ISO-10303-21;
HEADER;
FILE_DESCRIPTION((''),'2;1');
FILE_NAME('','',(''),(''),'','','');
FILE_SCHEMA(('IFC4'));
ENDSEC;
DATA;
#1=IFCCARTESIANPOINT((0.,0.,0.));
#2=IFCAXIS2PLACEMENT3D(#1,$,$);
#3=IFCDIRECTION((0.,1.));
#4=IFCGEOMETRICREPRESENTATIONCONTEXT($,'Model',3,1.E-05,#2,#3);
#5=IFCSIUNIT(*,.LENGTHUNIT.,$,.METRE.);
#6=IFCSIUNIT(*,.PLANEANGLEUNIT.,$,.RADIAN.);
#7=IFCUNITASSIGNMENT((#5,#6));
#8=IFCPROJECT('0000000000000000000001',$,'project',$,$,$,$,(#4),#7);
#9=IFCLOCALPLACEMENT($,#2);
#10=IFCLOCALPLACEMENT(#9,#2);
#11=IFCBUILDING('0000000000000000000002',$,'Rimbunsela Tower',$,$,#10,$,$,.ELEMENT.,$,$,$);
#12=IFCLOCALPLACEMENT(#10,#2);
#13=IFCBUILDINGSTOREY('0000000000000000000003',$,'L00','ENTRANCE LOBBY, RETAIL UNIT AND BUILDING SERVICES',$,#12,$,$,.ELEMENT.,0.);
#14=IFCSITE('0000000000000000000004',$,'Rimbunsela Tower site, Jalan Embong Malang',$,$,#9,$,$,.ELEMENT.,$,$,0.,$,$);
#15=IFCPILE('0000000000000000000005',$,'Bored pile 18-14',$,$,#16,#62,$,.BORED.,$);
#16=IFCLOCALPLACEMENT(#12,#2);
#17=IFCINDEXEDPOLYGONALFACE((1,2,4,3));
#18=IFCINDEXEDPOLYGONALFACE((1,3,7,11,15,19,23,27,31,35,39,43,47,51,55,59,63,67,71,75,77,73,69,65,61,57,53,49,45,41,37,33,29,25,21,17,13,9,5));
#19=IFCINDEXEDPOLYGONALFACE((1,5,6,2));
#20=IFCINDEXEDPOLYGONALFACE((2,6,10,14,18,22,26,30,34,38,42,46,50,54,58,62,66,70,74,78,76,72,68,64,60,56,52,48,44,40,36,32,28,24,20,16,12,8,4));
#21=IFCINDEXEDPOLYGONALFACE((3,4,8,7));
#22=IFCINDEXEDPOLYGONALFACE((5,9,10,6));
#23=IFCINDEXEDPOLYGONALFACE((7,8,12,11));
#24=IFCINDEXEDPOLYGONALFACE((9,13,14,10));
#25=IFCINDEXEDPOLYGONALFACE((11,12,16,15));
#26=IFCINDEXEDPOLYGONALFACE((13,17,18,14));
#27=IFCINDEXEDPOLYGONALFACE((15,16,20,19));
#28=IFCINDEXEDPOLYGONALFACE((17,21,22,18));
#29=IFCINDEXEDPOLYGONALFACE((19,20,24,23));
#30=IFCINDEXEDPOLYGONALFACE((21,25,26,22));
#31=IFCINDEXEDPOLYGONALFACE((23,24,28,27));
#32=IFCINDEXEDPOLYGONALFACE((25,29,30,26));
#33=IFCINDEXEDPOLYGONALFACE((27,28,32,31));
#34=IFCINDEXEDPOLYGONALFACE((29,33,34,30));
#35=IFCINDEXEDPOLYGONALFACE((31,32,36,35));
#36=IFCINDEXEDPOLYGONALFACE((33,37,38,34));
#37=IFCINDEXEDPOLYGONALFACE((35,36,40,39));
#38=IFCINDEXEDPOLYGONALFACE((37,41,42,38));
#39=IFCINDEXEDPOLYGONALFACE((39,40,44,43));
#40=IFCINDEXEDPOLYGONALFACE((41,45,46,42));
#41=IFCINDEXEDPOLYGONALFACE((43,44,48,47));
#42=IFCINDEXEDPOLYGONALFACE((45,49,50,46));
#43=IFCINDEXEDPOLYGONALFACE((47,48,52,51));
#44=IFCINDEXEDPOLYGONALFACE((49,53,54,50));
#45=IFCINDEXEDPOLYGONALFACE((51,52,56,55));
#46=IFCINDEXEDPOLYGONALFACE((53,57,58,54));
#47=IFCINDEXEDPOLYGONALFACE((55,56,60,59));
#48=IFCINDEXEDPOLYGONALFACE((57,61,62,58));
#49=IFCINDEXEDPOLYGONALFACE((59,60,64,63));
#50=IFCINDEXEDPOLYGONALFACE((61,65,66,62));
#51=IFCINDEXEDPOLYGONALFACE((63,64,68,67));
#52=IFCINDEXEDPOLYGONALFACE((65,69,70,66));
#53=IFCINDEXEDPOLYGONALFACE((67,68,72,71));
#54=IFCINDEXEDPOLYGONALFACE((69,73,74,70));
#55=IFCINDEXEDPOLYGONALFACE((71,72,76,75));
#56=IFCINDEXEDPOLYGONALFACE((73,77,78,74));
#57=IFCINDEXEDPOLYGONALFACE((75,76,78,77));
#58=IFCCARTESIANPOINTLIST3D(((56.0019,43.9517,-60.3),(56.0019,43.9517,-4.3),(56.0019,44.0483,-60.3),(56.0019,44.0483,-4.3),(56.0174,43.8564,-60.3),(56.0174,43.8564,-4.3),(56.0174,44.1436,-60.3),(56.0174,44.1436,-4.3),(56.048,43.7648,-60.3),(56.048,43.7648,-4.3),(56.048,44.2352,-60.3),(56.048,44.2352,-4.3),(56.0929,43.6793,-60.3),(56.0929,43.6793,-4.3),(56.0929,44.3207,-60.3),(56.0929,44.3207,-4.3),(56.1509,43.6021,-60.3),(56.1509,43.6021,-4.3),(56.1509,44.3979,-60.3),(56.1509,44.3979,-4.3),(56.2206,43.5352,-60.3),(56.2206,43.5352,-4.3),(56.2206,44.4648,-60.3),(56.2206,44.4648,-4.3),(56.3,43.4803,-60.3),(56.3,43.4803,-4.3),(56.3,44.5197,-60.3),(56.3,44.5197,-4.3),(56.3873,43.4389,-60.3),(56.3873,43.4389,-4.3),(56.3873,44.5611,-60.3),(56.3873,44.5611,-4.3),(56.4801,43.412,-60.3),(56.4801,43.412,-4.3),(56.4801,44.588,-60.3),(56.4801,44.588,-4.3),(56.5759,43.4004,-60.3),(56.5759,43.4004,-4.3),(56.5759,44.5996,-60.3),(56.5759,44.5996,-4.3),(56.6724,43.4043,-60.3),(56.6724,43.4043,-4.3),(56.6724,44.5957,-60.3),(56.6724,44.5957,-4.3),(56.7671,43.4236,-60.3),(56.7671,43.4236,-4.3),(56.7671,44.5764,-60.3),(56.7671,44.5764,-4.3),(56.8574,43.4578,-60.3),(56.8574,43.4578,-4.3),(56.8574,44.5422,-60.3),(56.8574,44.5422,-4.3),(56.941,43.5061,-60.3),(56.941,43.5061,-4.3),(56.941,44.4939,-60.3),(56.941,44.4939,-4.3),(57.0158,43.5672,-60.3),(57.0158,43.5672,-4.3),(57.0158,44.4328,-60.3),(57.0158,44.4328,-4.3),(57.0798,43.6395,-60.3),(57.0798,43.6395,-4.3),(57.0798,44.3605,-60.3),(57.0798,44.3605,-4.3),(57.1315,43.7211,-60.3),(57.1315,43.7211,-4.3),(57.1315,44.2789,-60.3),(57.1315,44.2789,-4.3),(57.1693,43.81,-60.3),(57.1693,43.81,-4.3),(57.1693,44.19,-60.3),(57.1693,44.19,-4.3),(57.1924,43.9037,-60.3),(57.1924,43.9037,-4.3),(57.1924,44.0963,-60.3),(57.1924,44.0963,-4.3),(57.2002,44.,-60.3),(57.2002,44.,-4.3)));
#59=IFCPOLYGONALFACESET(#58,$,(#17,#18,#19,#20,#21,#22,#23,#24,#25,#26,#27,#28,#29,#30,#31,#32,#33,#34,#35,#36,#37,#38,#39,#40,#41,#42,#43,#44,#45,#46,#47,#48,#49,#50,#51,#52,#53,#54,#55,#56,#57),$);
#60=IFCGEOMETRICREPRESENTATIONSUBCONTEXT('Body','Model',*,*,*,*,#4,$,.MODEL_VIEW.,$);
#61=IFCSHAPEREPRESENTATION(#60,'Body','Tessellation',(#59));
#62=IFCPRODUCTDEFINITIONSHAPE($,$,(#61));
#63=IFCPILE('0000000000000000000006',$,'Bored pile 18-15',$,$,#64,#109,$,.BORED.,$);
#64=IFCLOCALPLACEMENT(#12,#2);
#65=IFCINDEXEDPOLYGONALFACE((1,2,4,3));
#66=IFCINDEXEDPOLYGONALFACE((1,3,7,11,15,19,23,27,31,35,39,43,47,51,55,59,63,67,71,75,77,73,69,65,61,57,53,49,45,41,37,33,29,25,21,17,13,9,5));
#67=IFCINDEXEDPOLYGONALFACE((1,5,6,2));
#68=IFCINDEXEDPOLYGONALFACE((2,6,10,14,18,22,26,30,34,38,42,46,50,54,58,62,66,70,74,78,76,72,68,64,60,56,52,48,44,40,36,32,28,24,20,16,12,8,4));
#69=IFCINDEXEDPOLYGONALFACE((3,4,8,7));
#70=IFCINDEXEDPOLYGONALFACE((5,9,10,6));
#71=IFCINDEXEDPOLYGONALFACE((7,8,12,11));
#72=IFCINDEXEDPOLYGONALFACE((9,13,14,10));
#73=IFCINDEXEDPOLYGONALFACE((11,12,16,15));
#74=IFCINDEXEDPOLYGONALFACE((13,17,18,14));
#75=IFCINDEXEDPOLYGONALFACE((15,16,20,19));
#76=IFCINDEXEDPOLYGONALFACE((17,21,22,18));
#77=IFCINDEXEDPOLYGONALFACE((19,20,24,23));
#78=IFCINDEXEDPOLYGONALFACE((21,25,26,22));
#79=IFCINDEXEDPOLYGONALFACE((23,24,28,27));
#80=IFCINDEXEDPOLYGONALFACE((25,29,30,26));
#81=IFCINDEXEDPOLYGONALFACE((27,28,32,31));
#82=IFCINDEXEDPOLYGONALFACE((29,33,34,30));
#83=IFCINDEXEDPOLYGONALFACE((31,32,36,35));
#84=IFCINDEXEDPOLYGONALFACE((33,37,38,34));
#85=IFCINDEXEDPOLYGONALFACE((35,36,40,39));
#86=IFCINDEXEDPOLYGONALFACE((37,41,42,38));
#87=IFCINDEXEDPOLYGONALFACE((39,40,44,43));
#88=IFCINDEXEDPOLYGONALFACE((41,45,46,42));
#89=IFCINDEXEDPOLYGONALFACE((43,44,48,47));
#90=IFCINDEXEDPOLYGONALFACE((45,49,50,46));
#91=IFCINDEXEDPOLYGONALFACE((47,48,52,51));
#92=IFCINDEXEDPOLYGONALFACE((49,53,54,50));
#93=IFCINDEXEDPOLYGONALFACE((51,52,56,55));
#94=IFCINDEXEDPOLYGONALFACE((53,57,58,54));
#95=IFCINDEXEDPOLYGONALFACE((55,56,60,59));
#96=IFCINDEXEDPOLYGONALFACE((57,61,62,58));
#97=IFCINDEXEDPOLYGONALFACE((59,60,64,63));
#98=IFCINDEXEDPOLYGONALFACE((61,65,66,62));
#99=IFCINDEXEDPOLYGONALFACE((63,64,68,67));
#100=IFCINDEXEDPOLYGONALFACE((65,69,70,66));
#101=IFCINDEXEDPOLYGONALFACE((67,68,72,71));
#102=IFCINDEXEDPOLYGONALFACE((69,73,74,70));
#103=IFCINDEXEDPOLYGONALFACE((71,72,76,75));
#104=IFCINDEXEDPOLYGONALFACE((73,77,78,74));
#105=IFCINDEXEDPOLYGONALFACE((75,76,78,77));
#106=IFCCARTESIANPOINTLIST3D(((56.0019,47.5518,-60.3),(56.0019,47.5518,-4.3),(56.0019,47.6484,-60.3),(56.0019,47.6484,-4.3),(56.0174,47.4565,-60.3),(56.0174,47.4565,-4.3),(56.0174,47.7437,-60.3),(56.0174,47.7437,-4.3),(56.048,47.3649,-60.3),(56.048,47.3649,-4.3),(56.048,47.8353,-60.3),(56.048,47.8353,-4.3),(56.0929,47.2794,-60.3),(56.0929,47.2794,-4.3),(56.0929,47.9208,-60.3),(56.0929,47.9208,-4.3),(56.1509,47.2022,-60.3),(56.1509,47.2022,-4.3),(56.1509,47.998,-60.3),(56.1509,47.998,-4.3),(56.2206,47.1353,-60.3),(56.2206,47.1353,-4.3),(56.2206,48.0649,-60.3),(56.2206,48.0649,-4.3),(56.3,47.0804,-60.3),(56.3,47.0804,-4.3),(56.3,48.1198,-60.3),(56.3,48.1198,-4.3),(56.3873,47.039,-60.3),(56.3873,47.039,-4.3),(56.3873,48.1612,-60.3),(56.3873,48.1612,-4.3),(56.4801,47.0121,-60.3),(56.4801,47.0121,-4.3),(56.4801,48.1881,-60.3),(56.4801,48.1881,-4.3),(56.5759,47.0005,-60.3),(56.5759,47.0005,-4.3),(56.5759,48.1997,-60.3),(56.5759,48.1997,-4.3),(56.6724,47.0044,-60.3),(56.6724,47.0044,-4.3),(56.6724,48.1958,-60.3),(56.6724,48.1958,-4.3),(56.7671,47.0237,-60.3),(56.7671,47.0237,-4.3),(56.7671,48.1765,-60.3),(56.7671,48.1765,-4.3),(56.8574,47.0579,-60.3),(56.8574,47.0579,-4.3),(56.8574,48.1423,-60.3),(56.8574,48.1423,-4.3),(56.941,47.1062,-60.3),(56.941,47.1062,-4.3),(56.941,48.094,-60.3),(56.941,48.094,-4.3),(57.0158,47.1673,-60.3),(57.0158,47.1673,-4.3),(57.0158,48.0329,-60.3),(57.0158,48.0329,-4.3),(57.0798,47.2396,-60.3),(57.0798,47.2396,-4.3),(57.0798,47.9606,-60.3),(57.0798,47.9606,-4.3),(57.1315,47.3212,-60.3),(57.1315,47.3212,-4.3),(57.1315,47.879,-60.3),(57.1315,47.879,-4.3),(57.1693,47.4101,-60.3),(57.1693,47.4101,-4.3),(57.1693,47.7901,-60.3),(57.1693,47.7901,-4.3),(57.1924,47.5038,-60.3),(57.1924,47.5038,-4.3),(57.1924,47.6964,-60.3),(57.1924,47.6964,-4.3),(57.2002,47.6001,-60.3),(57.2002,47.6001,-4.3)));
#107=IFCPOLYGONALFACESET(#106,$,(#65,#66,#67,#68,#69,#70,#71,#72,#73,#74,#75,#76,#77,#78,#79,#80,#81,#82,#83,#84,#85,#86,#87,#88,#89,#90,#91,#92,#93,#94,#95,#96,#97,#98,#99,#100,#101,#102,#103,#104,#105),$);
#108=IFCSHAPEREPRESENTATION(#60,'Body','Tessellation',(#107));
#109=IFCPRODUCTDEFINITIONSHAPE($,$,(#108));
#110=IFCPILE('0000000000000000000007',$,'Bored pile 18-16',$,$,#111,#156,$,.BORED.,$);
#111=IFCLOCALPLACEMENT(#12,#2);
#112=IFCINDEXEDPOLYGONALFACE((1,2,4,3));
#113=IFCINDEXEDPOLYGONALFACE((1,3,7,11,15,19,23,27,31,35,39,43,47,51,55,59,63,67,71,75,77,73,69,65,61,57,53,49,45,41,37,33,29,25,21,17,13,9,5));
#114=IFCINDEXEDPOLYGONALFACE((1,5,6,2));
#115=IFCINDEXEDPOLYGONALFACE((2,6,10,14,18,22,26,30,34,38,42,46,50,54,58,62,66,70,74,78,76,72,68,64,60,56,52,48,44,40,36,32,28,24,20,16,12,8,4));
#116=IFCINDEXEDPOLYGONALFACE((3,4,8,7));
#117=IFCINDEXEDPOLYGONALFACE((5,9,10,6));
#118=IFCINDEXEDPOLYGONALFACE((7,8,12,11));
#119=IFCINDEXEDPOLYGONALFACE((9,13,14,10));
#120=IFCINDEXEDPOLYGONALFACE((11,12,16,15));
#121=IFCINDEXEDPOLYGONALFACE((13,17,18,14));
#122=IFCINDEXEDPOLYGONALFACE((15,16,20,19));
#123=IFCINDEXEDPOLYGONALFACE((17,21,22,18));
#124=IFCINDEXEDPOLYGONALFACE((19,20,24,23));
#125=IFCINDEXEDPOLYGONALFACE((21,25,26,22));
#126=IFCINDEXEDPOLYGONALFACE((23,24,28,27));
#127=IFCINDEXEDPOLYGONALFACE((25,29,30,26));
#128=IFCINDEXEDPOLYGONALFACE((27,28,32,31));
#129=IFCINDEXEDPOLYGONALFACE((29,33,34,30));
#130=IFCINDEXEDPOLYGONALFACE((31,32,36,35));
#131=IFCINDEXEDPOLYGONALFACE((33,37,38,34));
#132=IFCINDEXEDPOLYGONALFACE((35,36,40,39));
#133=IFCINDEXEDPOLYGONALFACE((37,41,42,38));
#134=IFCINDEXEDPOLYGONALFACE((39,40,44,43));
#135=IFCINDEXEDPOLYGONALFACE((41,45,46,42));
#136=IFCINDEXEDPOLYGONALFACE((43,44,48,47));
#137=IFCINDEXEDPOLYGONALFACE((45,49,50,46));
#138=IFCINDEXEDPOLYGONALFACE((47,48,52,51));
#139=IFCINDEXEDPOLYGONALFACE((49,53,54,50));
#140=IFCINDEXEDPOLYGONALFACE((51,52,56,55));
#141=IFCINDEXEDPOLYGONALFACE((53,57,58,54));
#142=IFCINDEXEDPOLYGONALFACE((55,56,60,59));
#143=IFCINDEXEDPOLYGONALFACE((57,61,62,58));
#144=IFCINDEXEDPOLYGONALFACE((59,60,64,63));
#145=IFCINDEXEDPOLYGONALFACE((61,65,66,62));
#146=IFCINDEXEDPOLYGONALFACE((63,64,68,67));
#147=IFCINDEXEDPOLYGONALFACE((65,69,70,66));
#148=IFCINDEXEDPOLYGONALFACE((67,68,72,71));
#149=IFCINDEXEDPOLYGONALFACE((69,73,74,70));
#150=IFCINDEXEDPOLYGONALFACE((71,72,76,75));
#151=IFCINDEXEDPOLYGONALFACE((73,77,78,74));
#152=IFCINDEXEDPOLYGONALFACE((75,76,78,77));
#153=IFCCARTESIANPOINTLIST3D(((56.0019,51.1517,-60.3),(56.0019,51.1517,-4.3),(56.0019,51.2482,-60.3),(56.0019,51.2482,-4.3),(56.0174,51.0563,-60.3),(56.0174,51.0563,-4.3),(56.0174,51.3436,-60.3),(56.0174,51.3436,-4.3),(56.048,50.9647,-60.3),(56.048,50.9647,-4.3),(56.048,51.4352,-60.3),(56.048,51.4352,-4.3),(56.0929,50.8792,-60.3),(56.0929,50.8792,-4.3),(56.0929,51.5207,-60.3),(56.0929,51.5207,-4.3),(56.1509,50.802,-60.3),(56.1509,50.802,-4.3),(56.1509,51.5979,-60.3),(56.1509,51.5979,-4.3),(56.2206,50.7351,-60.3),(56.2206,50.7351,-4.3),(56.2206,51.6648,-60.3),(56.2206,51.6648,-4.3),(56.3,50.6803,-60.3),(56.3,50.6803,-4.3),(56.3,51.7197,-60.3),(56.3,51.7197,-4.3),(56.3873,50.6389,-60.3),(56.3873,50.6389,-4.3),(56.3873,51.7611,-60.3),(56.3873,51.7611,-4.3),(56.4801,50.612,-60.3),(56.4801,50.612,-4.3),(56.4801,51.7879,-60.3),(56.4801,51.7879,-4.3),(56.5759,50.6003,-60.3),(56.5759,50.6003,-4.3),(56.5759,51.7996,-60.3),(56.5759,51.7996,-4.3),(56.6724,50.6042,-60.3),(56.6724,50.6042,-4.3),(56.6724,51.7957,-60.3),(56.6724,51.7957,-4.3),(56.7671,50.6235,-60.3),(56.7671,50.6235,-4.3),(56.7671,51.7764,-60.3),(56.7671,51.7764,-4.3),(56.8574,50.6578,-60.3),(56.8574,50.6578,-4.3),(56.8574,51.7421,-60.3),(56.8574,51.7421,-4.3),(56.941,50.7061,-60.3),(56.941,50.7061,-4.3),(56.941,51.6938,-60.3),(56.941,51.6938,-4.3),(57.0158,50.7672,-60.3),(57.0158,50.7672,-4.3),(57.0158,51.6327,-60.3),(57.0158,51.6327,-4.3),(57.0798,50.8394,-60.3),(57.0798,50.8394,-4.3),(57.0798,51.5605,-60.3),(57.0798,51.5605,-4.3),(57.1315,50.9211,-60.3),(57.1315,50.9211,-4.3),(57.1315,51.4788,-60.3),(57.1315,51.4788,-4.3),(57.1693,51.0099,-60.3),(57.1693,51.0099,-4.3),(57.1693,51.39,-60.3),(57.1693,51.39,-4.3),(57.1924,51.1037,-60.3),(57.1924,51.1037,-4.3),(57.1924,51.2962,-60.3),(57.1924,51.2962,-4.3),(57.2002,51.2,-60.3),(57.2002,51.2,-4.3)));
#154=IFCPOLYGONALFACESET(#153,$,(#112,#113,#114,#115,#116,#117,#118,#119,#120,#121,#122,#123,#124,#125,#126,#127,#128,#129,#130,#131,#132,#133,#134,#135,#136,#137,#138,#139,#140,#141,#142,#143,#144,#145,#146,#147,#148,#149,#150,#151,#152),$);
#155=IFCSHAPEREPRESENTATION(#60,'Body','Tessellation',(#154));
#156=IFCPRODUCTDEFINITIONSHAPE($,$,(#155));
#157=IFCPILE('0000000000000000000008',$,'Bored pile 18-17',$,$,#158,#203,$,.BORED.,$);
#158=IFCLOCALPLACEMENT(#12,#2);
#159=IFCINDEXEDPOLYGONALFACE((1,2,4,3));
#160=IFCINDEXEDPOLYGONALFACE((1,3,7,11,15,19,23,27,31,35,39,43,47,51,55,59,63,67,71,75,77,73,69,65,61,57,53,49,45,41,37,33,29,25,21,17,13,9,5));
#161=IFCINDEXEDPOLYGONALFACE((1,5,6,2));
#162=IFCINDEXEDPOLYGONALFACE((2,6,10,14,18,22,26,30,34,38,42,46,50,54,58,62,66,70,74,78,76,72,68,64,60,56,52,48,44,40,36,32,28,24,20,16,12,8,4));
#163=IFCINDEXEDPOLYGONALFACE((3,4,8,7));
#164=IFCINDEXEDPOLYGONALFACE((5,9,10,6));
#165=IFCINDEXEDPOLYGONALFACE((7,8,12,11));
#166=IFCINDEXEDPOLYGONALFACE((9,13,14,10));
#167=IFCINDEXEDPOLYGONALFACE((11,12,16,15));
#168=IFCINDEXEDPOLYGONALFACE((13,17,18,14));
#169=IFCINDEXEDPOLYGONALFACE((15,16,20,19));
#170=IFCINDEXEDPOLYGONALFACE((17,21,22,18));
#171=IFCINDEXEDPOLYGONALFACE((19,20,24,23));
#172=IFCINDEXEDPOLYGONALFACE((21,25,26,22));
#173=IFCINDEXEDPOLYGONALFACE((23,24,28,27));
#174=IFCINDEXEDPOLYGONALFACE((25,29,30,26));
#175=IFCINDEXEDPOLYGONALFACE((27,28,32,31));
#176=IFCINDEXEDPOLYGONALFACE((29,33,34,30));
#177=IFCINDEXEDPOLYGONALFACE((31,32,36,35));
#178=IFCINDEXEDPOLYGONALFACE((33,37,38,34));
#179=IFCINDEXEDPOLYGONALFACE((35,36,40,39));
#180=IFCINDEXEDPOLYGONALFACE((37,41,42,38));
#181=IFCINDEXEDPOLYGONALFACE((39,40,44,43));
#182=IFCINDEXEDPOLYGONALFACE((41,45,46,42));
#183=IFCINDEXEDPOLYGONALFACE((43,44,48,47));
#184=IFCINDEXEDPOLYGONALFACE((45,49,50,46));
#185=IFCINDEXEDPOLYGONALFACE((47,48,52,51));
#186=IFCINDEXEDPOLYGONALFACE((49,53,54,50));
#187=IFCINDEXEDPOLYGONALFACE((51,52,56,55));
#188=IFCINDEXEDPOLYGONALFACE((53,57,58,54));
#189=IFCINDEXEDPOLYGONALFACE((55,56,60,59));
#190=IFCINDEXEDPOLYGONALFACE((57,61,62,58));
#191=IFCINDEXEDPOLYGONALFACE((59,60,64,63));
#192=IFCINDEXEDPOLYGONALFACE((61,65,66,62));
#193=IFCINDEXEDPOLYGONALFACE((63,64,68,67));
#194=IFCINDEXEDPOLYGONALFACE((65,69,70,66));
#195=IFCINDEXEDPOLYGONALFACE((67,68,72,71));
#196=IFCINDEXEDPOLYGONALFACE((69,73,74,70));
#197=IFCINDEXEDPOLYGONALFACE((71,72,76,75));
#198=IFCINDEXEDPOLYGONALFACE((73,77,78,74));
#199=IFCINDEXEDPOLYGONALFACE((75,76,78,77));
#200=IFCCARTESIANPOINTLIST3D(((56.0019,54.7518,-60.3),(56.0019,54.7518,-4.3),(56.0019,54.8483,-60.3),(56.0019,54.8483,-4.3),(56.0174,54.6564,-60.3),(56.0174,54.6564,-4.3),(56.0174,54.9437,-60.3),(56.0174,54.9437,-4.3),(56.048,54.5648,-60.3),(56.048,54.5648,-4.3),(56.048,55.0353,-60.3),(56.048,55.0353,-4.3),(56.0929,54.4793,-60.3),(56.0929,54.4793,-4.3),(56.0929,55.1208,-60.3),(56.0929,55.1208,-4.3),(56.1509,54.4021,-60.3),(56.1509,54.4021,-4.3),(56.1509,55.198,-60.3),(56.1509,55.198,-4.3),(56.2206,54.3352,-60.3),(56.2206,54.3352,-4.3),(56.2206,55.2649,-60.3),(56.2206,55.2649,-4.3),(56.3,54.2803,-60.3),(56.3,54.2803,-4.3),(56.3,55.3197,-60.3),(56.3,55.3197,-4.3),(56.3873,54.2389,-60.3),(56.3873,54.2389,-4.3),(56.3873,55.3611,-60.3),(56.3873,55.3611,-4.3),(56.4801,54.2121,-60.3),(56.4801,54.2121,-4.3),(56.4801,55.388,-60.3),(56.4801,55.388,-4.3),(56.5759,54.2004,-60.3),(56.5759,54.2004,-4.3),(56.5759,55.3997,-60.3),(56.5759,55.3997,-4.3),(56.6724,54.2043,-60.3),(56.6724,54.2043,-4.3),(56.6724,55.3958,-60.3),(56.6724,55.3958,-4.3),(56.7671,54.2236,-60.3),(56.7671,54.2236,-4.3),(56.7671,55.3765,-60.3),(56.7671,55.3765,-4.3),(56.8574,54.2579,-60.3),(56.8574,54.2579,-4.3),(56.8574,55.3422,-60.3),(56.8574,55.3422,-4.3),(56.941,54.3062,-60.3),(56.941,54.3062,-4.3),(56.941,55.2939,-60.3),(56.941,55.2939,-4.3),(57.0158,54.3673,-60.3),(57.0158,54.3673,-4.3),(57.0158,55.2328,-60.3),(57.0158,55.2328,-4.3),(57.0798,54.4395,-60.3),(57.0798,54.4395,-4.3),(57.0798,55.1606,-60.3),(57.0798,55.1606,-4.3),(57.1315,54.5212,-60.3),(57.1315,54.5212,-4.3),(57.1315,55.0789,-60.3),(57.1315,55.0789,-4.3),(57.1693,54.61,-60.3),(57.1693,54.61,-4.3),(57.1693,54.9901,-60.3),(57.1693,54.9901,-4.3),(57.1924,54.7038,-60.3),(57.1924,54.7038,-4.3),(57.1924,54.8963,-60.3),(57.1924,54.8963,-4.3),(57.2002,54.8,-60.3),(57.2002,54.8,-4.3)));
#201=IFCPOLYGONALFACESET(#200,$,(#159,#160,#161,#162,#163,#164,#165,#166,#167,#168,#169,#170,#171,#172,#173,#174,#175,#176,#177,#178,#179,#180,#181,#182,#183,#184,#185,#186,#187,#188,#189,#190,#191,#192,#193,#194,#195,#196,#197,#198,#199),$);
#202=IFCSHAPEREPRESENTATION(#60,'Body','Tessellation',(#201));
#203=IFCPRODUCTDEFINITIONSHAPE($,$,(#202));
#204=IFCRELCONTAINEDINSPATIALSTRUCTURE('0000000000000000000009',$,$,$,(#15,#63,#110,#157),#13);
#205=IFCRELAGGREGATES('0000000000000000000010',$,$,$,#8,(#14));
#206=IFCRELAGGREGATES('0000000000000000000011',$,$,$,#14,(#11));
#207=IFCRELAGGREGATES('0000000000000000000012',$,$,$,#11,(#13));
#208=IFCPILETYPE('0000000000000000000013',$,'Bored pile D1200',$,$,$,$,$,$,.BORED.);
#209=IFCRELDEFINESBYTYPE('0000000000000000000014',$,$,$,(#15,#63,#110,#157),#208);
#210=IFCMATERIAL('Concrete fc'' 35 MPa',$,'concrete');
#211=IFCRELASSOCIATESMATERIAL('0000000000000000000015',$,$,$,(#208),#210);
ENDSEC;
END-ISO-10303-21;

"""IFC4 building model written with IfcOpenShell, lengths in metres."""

from ifc_helpers import new_model, si_unit, direction, frame, origin, origin_2d, place, context, subcontext, project, spatial, circle, extrude, material, material_profile, profile_set, type_object, element, save


model = new_model("IFC4")

# Units and contexts
model_context = context("Model", 3, precision=1e-05, world=origin(), true_north=direction((0.0, 1.0)))
body_context = subcontext(model_context, "Body", "Model", "MODEL_VIEW")
ifc_project = project(units=[si_unit("LENGTHUNIT", "METRE"), si_unit("PLANEANGLEUNIT", "RADIAN")], contexts=[model_context])

# Site, building, storey
site_placement = place(None, origin())
site = spatial("IfcSite", under=ifc_project, at=site_placement, Name="Rimbunsela Tower site, Jalan Embong Malang", CompositionType="ELEMENT", RefElevation=0.0)
building_placement = place(site_placement, origin())
building = spatial("IfcBuilding", under=site, at=building_placement, Name="Rimbunsela Tower", CompositionType="ELEMENT")
storey_placement = place(building_placement, origin())
storey = spatial("IfcBuildingStorey", under=building, at=storey_placement, Name="L00", Description="ENTRANCE LOBBY, RETAIL UNIT AND BUILDING SERVICES", CompositionType="ELEMENT", Elevation=0.0)

# Piles
ifc_material_1 = material(Name="Concrete fc' 35 MPa", Category="concrete")
ifc_material_profile_1 = material_profile(ifc_material_1, circle(Radius=0.6001, at=origin_2d()), Name="BP D1200")
ifc_profile_set_1 = profile_set([ifc_material_profile_1], Name="Concrete fc' 35 MPa")
pile_type = type_object("IfcPileType", Name="Bored pile D1200", PredefinedType="BORED", material=ifc_profile_set_1)
for number, where, z_axis, x_axis, name in (
    (1, (56.6001, 44.0, -4.3), (0.0, 0.0, -1.0), (1.0, 0.0, 0.0), "Bored pile 18-14"),
    (2, (56.6001, 47.6001, -4.3), (0.0, 0.0, -1.0), (1.0, 0.0, 0.0), "Bored pile 18-15"),
    (3, (56.6001, 51.2, -4.3), (0.0, 0.0, -1.0), (1.0, 0.0, 0.0), "Bored pile 18-16"),
    (4, (56.6001, 54.8, -4.3), (0.0, 0.0, -1.0), (1.0, 0.0, 0.0), "Bored pile 18-17"),
):
    element("IfcPile", number, at=place(storey_placement, frame(where, z_axis=z_axis, x_axis=x_axis)), inside=storey, type_object=pile_type, Name=name, PredefinedType="BORED", context=body_context, shape_type="SweptSolid", body=[
        extrude(circle(Radius=0.6001, at=origin_2d()), origin(), (0.0, 0.0, 1.0), 56.0),
    ])

save(model, "model.ifc")
